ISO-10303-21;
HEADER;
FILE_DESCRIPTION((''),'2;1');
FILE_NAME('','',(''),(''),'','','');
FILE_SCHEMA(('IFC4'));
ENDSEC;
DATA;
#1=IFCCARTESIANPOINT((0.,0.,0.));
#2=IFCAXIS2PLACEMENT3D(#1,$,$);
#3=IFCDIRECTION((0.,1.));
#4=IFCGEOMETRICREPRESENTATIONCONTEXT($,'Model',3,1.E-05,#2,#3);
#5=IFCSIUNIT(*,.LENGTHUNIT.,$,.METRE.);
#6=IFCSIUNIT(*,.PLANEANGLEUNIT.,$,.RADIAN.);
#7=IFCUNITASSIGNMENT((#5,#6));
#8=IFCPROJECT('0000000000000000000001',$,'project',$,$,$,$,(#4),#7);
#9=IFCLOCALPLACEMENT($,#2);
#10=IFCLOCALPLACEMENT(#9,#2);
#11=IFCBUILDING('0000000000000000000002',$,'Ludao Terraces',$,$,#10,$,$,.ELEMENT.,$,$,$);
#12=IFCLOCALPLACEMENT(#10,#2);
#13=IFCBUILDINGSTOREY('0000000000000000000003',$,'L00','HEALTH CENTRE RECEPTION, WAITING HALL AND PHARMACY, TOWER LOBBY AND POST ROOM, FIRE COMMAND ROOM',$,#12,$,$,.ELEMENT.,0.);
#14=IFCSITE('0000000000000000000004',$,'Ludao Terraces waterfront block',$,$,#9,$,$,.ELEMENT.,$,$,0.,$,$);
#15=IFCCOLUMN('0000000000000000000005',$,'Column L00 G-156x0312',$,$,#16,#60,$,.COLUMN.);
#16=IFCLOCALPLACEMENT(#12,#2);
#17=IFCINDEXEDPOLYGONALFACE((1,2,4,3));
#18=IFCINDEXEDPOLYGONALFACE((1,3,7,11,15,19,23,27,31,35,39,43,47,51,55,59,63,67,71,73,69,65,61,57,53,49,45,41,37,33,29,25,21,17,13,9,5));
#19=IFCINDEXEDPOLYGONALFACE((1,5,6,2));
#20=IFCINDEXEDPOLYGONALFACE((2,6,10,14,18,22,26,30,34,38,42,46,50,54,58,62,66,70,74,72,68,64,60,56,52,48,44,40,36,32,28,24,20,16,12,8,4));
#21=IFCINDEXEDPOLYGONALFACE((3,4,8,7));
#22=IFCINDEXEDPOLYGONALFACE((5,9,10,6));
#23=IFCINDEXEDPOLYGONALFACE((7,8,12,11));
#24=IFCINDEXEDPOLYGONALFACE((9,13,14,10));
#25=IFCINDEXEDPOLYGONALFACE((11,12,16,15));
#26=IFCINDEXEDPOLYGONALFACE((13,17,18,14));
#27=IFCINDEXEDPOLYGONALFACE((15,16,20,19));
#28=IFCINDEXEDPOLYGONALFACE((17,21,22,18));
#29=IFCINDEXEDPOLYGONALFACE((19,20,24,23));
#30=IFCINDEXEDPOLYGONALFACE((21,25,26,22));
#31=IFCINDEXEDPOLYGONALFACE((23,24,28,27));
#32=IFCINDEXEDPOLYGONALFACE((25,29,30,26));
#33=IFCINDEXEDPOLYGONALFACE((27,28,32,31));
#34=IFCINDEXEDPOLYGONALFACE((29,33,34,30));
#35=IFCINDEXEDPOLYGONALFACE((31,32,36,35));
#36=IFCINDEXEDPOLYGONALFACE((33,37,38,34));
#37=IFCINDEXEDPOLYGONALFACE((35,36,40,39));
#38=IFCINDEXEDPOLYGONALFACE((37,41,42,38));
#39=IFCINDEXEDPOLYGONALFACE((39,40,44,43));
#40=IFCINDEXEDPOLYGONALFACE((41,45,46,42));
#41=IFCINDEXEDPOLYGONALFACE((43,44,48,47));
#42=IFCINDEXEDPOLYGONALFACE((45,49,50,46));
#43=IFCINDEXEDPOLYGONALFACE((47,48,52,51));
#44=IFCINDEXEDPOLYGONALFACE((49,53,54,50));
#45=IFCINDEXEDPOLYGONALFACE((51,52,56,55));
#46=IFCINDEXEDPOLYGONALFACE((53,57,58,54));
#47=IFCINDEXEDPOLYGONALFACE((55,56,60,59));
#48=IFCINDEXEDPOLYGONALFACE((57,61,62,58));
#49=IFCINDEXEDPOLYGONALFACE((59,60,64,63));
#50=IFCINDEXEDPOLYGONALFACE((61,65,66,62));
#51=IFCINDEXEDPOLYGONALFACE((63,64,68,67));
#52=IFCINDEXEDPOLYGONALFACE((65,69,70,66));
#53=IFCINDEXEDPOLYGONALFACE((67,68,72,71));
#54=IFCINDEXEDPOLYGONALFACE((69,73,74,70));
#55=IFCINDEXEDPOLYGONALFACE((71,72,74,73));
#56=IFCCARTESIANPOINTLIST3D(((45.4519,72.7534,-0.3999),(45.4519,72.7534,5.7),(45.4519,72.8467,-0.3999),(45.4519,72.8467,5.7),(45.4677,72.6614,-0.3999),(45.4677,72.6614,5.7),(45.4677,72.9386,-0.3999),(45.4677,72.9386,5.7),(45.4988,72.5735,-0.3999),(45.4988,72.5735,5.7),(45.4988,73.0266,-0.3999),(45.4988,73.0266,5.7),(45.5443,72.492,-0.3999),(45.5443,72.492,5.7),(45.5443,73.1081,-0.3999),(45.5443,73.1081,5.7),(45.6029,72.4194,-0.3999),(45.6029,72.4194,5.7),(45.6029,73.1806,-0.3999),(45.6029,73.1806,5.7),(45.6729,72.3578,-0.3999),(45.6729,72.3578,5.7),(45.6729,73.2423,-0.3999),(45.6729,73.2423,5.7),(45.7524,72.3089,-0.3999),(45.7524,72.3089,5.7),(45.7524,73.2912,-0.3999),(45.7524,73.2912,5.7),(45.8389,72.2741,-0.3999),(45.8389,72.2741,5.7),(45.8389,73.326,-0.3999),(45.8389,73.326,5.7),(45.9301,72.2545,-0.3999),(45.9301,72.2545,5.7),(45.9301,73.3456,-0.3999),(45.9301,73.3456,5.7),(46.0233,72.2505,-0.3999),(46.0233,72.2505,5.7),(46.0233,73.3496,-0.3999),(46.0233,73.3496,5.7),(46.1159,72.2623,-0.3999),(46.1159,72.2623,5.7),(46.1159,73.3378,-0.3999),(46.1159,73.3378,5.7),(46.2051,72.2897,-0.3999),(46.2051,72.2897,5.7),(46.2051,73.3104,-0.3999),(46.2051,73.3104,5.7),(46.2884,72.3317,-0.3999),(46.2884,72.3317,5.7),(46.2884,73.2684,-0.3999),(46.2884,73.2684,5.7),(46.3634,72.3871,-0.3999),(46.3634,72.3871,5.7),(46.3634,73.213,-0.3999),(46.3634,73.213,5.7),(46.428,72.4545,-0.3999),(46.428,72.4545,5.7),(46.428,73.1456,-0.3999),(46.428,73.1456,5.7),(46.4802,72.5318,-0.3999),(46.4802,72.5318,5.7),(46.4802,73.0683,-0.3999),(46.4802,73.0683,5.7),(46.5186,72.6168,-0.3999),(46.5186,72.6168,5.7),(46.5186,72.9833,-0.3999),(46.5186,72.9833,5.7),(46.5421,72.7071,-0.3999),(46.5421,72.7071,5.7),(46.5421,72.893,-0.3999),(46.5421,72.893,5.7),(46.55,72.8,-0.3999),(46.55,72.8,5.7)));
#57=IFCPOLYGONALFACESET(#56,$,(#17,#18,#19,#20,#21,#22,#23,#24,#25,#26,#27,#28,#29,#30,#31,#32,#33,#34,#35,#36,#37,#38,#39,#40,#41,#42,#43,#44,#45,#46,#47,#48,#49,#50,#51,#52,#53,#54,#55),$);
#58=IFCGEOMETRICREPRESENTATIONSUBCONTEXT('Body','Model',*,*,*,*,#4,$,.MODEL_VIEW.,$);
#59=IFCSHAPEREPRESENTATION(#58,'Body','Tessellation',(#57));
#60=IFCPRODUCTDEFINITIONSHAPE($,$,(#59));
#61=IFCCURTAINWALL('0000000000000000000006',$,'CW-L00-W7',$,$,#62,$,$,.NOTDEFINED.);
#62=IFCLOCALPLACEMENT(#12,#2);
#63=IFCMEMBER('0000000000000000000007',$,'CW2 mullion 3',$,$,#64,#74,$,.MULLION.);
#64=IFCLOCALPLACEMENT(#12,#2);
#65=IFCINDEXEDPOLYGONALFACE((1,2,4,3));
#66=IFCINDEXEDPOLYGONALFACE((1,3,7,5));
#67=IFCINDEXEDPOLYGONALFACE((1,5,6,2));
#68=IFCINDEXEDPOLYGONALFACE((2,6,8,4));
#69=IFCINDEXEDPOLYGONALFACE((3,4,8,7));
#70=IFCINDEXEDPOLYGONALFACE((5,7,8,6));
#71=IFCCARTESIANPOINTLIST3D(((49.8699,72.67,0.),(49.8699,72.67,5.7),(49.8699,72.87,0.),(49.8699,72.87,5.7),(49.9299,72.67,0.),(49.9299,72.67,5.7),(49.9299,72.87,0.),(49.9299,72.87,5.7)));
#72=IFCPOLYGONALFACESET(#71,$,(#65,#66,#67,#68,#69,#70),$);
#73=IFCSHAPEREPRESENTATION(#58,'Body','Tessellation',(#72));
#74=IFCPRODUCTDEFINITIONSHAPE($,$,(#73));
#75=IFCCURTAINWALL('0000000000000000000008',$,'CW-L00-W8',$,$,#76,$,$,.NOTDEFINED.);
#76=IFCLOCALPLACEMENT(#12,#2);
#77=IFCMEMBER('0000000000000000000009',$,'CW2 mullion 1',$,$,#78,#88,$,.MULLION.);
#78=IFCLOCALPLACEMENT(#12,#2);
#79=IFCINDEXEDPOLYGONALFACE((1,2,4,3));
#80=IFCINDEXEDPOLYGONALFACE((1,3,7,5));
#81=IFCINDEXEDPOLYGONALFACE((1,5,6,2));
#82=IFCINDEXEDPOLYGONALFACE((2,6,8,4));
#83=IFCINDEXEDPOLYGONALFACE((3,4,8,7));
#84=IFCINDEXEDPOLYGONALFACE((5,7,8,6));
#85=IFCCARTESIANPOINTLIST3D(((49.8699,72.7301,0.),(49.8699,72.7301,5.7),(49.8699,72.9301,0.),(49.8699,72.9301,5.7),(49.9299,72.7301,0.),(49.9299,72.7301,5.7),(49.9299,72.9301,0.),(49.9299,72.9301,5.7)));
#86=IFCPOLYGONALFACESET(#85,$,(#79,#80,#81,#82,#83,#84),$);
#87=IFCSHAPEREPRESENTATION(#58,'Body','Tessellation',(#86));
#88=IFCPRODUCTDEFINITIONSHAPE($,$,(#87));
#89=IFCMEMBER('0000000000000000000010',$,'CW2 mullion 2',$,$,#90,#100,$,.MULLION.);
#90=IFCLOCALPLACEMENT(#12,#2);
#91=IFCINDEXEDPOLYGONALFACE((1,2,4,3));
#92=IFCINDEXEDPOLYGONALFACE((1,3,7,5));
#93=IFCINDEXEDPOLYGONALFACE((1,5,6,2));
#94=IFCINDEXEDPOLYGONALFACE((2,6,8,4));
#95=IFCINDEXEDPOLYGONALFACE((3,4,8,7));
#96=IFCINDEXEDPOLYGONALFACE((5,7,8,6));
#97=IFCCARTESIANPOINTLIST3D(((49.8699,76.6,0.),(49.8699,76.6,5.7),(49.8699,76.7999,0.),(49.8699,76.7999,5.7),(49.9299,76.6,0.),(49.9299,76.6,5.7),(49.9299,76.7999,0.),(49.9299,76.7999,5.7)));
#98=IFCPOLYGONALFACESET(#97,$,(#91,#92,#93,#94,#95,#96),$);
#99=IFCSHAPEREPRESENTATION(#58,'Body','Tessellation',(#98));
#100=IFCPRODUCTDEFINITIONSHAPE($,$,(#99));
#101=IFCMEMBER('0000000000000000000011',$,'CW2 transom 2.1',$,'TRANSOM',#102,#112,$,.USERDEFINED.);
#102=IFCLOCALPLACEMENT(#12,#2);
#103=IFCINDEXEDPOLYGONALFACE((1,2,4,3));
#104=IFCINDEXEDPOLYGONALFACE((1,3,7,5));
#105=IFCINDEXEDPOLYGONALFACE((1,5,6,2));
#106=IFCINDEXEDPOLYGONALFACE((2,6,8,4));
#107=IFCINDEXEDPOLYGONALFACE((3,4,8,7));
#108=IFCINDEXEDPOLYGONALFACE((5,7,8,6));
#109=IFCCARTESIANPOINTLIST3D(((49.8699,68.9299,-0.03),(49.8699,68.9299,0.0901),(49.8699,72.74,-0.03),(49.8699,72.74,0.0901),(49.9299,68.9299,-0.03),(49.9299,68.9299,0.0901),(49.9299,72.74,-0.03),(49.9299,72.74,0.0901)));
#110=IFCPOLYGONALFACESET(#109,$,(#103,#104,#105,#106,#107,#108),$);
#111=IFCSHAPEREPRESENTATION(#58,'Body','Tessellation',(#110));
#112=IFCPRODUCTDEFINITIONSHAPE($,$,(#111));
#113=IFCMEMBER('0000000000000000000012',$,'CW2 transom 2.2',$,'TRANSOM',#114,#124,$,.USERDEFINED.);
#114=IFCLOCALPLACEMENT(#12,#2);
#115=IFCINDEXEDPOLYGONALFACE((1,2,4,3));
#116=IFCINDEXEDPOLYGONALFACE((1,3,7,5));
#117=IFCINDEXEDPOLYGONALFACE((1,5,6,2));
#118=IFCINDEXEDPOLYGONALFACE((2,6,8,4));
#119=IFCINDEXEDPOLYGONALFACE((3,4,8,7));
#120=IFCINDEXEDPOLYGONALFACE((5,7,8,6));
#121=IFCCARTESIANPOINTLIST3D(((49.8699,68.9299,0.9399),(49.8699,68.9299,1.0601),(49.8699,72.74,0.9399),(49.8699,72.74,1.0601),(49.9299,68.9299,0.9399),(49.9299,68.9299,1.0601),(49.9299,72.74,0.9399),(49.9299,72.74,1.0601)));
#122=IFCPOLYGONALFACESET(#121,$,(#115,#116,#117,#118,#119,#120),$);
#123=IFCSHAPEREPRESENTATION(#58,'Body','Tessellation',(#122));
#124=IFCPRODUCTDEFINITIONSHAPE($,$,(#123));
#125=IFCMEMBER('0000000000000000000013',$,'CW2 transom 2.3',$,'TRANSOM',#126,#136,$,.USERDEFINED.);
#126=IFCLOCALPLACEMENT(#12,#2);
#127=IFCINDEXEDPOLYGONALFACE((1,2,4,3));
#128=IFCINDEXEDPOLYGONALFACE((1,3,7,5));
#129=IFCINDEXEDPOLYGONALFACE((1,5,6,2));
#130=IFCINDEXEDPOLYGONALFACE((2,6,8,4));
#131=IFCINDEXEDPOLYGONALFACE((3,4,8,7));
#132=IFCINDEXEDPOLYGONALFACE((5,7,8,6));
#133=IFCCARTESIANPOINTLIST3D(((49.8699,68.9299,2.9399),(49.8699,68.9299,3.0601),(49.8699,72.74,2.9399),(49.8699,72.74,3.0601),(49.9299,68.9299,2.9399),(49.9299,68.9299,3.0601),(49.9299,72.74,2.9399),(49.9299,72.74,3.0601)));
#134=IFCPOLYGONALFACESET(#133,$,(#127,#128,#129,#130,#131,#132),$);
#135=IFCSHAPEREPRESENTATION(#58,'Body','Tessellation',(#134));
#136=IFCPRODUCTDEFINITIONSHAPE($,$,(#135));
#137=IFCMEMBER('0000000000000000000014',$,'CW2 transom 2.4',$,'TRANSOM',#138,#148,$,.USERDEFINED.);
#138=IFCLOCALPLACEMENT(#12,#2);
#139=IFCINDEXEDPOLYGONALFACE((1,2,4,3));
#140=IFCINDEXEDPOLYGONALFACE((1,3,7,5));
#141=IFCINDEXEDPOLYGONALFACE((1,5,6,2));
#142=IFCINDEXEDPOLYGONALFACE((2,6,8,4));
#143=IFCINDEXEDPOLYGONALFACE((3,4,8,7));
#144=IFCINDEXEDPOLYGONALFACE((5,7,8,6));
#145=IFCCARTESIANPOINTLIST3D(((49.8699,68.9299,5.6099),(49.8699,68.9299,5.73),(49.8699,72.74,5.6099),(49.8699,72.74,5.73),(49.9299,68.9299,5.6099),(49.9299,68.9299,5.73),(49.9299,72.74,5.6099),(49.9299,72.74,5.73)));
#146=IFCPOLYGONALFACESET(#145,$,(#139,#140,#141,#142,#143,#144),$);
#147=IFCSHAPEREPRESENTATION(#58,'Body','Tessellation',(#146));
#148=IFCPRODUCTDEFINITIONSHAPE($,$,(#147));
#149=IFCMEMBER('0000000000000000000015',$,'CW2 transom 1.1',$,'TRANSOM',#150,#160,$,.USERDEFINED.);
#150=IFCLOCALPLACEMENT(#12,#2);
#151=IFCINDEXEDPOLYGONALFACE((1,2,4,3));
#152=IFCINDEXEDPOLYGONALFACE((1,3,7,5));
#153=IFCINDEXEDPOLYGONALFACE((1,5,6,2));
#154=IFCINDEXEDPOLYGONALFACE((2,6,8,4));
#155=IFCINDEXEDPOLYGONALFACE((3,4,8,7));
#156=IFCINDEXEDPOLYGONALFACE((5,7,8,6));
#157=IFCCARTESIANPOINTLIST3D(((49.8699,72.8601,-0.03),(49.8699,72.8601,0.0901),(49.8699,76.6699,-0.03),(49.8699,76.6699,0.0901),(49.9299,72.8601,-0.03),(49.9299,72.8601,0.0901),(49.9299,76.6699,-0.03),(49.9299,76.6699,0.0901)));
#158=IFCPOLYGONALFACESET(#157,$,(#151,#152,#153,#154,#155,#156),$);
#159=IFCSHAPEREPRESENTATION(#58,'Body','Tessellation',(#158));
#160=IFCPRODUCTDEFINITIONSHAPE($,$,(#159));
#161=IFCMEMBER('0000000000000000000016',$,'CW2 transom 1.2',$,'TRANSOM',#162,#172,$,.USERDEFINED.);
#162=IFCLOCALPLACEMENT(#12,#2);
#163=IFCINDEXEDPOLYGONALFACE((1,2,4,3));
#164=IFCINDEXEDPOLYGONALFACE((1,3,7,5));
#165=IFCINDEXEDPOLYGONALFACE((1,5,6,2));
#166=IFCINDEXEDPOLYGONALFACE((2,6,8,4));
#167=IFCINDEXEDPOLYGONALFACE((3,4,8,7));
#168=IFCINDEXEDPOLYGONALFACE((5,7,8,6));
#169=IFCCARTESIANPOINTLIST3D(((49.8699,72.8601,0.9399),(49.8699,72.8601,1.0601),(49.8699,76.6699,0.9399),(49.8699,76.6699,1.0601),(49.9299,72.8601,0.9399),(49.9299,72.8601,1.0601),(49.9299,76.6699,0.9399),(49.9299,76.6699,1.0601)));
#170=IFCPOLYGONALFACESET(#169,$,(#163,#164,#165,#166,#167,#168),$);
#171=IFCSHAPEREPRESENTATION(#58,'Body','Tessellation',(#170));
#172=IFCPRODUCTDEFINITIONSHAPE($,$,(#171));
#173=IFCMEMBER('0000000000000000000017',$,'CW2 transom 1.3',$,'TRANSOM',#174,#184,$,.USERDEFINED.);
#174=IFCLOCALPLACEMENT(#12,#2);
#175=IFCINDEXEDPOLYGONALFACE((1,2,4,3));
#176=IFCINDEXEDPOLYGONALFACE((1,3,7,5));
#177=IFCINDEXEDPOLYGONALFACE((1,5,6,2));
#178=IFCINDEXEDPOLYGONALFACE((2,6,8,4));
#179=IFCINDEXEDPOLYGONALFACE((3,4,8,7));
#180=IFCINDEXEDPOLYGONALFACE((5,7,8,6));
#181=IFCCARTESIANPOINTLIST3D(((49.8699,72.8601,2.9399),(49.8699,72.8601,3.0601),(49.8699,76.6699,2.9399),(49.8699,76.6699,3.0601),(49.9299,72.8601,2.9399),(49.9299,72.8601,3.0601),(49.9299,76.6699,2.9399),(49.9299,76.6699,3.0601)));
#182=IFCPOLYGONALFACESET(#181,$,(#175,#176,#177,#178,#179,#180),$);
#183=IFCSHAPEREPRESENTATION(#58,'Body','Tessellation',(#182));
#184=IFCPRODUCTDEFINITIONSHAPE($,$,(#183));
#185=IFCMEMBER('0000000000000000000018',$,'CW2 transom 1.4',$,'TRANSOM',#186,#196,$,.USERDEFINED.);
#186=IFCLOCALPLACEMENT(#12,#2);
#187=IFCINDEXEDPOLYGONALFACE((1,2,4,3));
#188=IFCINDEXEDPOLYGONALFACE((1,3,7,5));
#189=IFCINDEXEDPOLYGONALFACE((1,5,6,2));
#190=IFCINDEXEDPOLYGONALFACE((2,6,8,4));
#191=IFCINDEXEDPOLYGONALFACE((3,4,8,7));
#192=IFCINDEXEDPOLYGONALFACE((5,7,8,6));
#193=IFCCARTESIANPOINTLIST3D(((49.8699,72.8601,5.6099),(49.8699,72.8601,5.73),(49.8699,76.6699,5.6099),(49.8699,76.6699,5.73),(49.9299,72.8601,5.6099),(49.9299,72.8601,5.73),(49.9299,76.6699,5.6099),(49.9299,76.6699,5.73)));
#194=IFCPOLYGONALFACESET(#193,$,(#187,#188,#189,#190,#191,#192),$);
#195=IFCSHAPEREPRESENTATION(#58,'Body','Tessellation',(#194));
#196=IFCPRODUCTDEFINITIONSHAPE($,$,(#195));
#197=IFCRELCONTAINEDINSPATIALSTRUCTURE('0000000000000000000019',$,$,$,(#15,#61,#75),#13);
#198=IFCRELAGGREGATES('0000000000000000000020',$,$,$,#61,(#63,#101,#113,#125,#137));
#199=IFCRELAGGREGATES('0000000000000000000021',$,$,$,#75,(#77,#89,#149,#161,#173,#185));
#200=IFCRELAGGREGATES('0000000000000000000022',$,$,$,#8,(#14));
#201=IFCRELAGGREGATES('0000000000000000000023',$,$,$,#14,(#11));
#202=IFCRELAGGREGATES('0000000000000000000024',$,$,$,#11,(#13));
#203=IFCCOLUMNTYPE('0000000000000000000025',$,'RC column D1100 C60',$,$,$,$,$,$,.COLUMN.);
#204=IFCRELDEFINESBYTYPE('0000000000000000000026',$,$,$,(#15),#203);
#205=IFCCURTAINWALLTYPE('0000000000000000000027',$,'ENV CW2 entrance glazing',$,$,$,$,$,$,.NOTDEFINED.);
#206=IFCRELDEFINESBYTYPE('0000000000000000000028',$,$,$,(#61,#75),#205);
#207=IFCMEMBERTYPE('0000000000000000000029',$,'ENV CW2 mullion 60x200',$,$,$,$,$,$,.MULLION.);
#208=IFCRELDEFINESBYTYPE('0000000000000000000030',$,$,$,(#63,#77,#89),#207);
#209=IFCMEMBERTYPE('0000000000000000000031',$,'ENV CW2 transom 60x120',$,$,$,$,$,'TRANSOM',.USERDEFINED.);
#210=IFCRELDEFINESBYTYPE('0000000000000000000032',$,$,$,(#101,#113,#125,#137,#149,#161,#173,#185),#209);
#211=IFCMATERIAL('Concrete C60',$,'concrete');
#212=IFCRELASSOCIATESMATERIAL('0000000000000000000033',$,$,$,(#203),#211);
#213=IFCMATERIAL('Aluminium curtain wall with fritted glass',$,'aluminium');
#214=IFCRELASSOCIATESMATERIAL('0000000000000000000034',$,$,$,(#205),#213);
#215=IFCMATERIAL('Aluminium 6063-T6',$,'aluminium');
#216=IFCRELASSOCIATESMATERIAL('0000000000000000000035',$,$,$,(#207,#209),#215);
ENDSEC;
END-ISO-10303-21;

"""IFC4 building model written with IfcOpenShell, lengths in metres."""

from ifc_helpers import new_model, si_unit, direction, frame, origin, origin_2d, place, context, subcontext, project, spatial, rectangle, circle, extrude, material, material_profile, profile_set, type_object, element, aggregate, save


model = new_model("IFC4")

# Units and contexts
model_context = context("Model", 3, precision=1e-05, world=origin(), true_north=direction((0.0, 1.0)))
body_context = subcontext(model_context, "Body", "Model", "MODEL_VIEW")
ifc_project = project(units=[si_unit("LENGTHUNIT", "METRE"), si_unit("PLANEANGLEUNIT", "RADIAN")], contexts=[model_context])

# Site, building, storey
site_placement = place(None, origin())
site = spatial("IfcSite", under=ifc_project, at=site_placement, Name="Ludao Terraces waterfront block", CompositionType="ELEMENT", RefElevation=0.0)
building_placement = place(site_placement, origin())
building = spatial("IfcBuilding", under=site, at=building_placement, Name="Ludao Terraces", CompositionType="ELEMENT")
storey_placement = place(building_placement, origin())
storey = spatial("IfcBuildingStorey", under=building, at=storey_placement, Name="L00", Description="HEALTH CENTRE RECEPTION, WAITING HALL AND PHARMACY, TOWER LOBBY AND POST ROOM, FIRE COMMAND ROOM", CompositionType="ELEMENT", Elevation=0.0)

# Column
ifc_material_1 = material(Name="Concrete C60", Category="concrete")
ifc_material_profile_1 = material_profile(ifc_material_1, circle(Radius=0.55, at=origin_2d()), Name="D1100")
ifc_profile_set_1 = profile_set([ifc_material_profile_1], Name="Concrete C60")
column_type = type_object("IfcColumnType", Name="RC column D1100 C60", PredefinedType="COLUMN", material=ifc_profile_set_1)
column_placement = place(storey_placement, frame((46.0, 72.8, -0.3999), z_axis=(0.0, 0.0, 1.0), x_axis=(1.0, 0.0, 0.0)))
element("IfcColumn", 1, at=column_placement, inside=storey, type_object=column_type, Name="Column L00 G-156x0312", PredefinedType="COLUMN", context=body_context, shape_type="SweptSolid", body=[
    extrude(circle(Radius=0.55, at=origin_2d()), origin(), (0.0, 0.0, 1.0), 6.0999),
])

# Curtain wall, member
ifc_material_2 = material(Name="Aluminium curtain wall with fritted glass", Category="aluminium")
curtain_wall_type = type_object("IfcCurtainWallType", Name="ENV CW2 entrance glazing", PredefinedType="NOTDEFINED", material=ifc_material_2)
curtain_wall_1_placement = place(storey_placement, origin())
curtain_wall_1 = element("IfcCurtainWall", 2, at=curtain_wall_1_placement, inside=storey, type_object=curtain_wall_type, Name="CW-L00-W7", PredefinedType="NOTDEFINED")
ifc_material_3 = material(Name="Aluminium 6063-T6", Category="aluminium")
ifc_material_profile_2 = material_profile(ifc_material_3, rectangle(XDim=0.0601, YDim=0.2, at=origin_2d()), Name="60 X 200")
ifc_profile_set_2 = profile_set([ifc_material_profile_2], Name="Aluminium 6063-T6")
member_type_1 = type_object("IfcMemberType", Name="ENV CW2 mullion 60x200", PredefinedType="MULLION", material=ifc_profile_set_2)
member_1_placement = place(storey_placement, frame((49.8999, 72.77, 0.0), z_axis=(0.0, 0.0, 1.0), x_axis=(-1.0, 0.0, 0.0)))
member_1 = element("IfcMember", 3, at=member_1_placement, type_object=member_type_1, Name="CW2 mullion 3", PredefinedType="MULLION", context=body_context, shape_type="SweptSolid", body=[
    extrude(rectangle(XDim=0.0601, YDim=0.2, at=origin_2d()), origin(), (0.0, 0.0, 1.0), 5.7),
])

# Curtain wall, members
curtain_wall_2_placement = place(storey_placement, origin())
curtain_wall_2 = element("IfcCurtainWall", 4, at=curtain_wall_2_placement, inside=storey, type_object=curtain_wall_type, Name="CW-L00-W8", PredefinedType="NOTDEFINED")
member_2_placement = place(storey_placement, frame((49.8999, 72.8301, 0.0), z_axis=(0.0, 0.0, 1.0), x_axis=(-1.0, 0.0, 0.0)))
member_2 = element("IfcMember", 5, at=member_2_placement, type_object=member_type_1, Name="CW2 mullion 1", PredefinedType="MULLION", context=body_context, shape_type="SweptSolid", body=[
    extrude(rectangle(XDim=0.0601, YDim=0.2, at=origin_2d()), origin(), (0.0, 0.0, 1.0), 5.7),
])
member_3_placement = place(storey_placement, frame((49.8999, 76.7, 0.0), z_axis=(0.0, 0.0, 1.0), x_axis=(-1.0, 0.0, 0.0)))
member_3 = element("IfcMember", 6, at=member_3_placement, type_object=member_type_1, Name="CW2 mullion 2", PredefinedType="MULLION", context=body_context, shape_type="SweptSolid", body=[
    extrude(rectangle(XDim=0.0601, YDim=0.2, at=origin_2d()), origin(), (0.0, 0.0, 1.0), 5.7),
])

# Members
ifc_material_profile_3 = material_profile(ifc_material_3, rectangle(XDim=0.0601, YDim=0.1201, at=origin_2d()), Name="60 X 120")
ifc_profile_set_3 = profile_set([ifc_material_profile_3], Name="Aluminium 6063-T6")
member_type_2 = type_object("IfcMemberType", Name="ENV CW2 transom 60x120", ElementType="TRANSOM", PredefinedType="USERDEFINED", material=ifc_profile_set_3)
member_4_placement = place(storey_placement, frame((49.8999, 68.9299, 0.03), z_axis=(0.0, 1.0, 0.0), x_axis=(-1.0, 0.0, 0.0)))
member_4 = element("IfcMember", 7, at=member_4_placement, type_object=member_type_2, Name="CW2 transom 2.1", ObjectType="TRANSOM", PredefinedType="USERDEFINED", context=body_context, shape_type="SweptSolid", body=[
    extrude(rectangle(XDim=0.0601, YDim=0.1201, at=origin_2d()), origin(), (0.0, 0.0, 1.0), 3.8101),
])
member_5_placement = place(storey_placement, frame((49.8999, 68.9299, 1.0), z_axis=(0.0, 1.0, 0.0), x_axis=(-1.0, 0.0, 0.0)))
member_5 = element("IfcMember", 8, at=member_5_placement, type_object=member_type_2, Name="CW2 transom 2.2", ObjectType="TRANSOM", PredefinedType="USERDEFINED", context=body_context, shape_type="SweptSolid", body=[
    extrude(rectangle(XDim=0.0601, YDim=0.1201, at=origin_2d()), origin(), (0.0, 0.0, 1.0), 3.8101),
])
member_6_placement = place(storey_placement, frame((49.8999, 68.9299, 3.0), z_axis=(0.0, 1.0, 0.0), x_axis=(-1.0, 0.0, 0.0)))
member_6 = element("IfcMember", 9, at=member_6_placement, type_object=member_type_2, Name="CW2 transom 2.3", ObjectType="TRANSOM", PredefinedType="USERDEFINED", context=body_context, shape_type="SweptSolid", body=[
    extrude(rectangle(XDim=0.0601, YDim=0.1201, at=origin_2d()), origin(), (0.0, 0.0, 1.0), 3.8101),
])
member_7_placement = place(storey_placement, frame((49.8999, 68.9299, 5.6699), z_axis=(0.0, 1.0, 0.0), x_axis=(-1.0, 0.0, 0.0)))
member_7 = element("IfcMember", 10, at=member_7_placement, type_object=member_type_2, Name="CW2 transom 2.4", ObjectType="TRANSOM", PredefinedType="USERDEFINED", context=body_context, shape_type="SweptSolid", body=[
    extrude(rectangle(XDim=0.0601, YDim=0.1201, at=origin_2d()), origin(), (0.0, 0.0, 1.0), 3.8101),
])
member_8_placement = place(storey_placement, frame((49.8999, 72.8601, 0.03), z_axis=(0.0, 1.0, 0.0), x_axis=(-1.0, 0.0, 0.0)))
member_8 = element("IfcMember", 11, at=member_8_placement, type_object=member_type_2, Name="CW2 transom 1.1", ObjectType="TRANSOM", PredefinedType="USERDEFINED", context=body_context, shape_type="SweptSolid", body=[
    extrude(rectangle(XDim=0.0601, YDim=0.1201, at=origin_2d()), origin(), (0.0, 0.0, 1.0), 3.8098),
])
member_9_placement = place(storey_placement, frame((49.8999, 72.8601, 1.0), z_axis=(0.0, 1.0, 0.0), x_axis=(-1.0, 0.0, 0.0)))
member_9 = element("IfcMember", 12, at=member_9_placement, type_object=member_type_2, Name="CW2 transom 1.2", ObjectType="TRANSOM", PredefinedType="USERDEFINED", context=body_context, shape_type="SweptSolid", body=[
    extrude(rectangle(XDim=0.0601, YDim=0.1201, at=origin_2d()), origin(), (0.0, 0.0, 1.0), 3.8098),
])
member_10_placement = place(storey_placement, frame((49.8999, 72.8601, 3.0), z_axis=(0.0, 1.0, 0.0), x_axis=(-1.0, 0.0, 0.0)))
member_10 = element("IfcMember", 13, at=member_10_placement, type_object=member_type_2, Name="CW2 transom 1.3", ObjectType="TRANSOM", PredefinedType="USERDEFINED", context=body_context, shape_type="SweptSolid", body=[
    extrude(rectangle(XDim=0.0601, YDim=0.1201, at=origin_2d()), origin(), (0.0, 0.0, 1.0), 3.8098),
])
member_11_placement = place(storey_placement, frame((49.8999, 72.8601, 5.6699), z_axis=(0.0, 1.0, 0.0), x_axis=(-1.0, 0.0, 0.0)))
member_11 = element("IfcMember", 14, at=member_11_placement, type_object=member_type_2, Name="CW2 transom 1.4", ObjectType="TRANSOM", PredefinedType="USERDEFINED", context=body_context, shape_type="SweptSolid", body=[
    extrude(rectangle(XDim=0.0601, YDim=0.1201, at=origin_2d()), origin(), (0.0, 0.0, 1.0), 3.8098),
])

aggregate(curtain_wall_1, [member_1, member_4, member_5, member_6, member_7])
aggregate(curtain_wall_2, [member_2, member_3, member_8, member_9, member_10, member_11])

save(model, "model.ifc")
